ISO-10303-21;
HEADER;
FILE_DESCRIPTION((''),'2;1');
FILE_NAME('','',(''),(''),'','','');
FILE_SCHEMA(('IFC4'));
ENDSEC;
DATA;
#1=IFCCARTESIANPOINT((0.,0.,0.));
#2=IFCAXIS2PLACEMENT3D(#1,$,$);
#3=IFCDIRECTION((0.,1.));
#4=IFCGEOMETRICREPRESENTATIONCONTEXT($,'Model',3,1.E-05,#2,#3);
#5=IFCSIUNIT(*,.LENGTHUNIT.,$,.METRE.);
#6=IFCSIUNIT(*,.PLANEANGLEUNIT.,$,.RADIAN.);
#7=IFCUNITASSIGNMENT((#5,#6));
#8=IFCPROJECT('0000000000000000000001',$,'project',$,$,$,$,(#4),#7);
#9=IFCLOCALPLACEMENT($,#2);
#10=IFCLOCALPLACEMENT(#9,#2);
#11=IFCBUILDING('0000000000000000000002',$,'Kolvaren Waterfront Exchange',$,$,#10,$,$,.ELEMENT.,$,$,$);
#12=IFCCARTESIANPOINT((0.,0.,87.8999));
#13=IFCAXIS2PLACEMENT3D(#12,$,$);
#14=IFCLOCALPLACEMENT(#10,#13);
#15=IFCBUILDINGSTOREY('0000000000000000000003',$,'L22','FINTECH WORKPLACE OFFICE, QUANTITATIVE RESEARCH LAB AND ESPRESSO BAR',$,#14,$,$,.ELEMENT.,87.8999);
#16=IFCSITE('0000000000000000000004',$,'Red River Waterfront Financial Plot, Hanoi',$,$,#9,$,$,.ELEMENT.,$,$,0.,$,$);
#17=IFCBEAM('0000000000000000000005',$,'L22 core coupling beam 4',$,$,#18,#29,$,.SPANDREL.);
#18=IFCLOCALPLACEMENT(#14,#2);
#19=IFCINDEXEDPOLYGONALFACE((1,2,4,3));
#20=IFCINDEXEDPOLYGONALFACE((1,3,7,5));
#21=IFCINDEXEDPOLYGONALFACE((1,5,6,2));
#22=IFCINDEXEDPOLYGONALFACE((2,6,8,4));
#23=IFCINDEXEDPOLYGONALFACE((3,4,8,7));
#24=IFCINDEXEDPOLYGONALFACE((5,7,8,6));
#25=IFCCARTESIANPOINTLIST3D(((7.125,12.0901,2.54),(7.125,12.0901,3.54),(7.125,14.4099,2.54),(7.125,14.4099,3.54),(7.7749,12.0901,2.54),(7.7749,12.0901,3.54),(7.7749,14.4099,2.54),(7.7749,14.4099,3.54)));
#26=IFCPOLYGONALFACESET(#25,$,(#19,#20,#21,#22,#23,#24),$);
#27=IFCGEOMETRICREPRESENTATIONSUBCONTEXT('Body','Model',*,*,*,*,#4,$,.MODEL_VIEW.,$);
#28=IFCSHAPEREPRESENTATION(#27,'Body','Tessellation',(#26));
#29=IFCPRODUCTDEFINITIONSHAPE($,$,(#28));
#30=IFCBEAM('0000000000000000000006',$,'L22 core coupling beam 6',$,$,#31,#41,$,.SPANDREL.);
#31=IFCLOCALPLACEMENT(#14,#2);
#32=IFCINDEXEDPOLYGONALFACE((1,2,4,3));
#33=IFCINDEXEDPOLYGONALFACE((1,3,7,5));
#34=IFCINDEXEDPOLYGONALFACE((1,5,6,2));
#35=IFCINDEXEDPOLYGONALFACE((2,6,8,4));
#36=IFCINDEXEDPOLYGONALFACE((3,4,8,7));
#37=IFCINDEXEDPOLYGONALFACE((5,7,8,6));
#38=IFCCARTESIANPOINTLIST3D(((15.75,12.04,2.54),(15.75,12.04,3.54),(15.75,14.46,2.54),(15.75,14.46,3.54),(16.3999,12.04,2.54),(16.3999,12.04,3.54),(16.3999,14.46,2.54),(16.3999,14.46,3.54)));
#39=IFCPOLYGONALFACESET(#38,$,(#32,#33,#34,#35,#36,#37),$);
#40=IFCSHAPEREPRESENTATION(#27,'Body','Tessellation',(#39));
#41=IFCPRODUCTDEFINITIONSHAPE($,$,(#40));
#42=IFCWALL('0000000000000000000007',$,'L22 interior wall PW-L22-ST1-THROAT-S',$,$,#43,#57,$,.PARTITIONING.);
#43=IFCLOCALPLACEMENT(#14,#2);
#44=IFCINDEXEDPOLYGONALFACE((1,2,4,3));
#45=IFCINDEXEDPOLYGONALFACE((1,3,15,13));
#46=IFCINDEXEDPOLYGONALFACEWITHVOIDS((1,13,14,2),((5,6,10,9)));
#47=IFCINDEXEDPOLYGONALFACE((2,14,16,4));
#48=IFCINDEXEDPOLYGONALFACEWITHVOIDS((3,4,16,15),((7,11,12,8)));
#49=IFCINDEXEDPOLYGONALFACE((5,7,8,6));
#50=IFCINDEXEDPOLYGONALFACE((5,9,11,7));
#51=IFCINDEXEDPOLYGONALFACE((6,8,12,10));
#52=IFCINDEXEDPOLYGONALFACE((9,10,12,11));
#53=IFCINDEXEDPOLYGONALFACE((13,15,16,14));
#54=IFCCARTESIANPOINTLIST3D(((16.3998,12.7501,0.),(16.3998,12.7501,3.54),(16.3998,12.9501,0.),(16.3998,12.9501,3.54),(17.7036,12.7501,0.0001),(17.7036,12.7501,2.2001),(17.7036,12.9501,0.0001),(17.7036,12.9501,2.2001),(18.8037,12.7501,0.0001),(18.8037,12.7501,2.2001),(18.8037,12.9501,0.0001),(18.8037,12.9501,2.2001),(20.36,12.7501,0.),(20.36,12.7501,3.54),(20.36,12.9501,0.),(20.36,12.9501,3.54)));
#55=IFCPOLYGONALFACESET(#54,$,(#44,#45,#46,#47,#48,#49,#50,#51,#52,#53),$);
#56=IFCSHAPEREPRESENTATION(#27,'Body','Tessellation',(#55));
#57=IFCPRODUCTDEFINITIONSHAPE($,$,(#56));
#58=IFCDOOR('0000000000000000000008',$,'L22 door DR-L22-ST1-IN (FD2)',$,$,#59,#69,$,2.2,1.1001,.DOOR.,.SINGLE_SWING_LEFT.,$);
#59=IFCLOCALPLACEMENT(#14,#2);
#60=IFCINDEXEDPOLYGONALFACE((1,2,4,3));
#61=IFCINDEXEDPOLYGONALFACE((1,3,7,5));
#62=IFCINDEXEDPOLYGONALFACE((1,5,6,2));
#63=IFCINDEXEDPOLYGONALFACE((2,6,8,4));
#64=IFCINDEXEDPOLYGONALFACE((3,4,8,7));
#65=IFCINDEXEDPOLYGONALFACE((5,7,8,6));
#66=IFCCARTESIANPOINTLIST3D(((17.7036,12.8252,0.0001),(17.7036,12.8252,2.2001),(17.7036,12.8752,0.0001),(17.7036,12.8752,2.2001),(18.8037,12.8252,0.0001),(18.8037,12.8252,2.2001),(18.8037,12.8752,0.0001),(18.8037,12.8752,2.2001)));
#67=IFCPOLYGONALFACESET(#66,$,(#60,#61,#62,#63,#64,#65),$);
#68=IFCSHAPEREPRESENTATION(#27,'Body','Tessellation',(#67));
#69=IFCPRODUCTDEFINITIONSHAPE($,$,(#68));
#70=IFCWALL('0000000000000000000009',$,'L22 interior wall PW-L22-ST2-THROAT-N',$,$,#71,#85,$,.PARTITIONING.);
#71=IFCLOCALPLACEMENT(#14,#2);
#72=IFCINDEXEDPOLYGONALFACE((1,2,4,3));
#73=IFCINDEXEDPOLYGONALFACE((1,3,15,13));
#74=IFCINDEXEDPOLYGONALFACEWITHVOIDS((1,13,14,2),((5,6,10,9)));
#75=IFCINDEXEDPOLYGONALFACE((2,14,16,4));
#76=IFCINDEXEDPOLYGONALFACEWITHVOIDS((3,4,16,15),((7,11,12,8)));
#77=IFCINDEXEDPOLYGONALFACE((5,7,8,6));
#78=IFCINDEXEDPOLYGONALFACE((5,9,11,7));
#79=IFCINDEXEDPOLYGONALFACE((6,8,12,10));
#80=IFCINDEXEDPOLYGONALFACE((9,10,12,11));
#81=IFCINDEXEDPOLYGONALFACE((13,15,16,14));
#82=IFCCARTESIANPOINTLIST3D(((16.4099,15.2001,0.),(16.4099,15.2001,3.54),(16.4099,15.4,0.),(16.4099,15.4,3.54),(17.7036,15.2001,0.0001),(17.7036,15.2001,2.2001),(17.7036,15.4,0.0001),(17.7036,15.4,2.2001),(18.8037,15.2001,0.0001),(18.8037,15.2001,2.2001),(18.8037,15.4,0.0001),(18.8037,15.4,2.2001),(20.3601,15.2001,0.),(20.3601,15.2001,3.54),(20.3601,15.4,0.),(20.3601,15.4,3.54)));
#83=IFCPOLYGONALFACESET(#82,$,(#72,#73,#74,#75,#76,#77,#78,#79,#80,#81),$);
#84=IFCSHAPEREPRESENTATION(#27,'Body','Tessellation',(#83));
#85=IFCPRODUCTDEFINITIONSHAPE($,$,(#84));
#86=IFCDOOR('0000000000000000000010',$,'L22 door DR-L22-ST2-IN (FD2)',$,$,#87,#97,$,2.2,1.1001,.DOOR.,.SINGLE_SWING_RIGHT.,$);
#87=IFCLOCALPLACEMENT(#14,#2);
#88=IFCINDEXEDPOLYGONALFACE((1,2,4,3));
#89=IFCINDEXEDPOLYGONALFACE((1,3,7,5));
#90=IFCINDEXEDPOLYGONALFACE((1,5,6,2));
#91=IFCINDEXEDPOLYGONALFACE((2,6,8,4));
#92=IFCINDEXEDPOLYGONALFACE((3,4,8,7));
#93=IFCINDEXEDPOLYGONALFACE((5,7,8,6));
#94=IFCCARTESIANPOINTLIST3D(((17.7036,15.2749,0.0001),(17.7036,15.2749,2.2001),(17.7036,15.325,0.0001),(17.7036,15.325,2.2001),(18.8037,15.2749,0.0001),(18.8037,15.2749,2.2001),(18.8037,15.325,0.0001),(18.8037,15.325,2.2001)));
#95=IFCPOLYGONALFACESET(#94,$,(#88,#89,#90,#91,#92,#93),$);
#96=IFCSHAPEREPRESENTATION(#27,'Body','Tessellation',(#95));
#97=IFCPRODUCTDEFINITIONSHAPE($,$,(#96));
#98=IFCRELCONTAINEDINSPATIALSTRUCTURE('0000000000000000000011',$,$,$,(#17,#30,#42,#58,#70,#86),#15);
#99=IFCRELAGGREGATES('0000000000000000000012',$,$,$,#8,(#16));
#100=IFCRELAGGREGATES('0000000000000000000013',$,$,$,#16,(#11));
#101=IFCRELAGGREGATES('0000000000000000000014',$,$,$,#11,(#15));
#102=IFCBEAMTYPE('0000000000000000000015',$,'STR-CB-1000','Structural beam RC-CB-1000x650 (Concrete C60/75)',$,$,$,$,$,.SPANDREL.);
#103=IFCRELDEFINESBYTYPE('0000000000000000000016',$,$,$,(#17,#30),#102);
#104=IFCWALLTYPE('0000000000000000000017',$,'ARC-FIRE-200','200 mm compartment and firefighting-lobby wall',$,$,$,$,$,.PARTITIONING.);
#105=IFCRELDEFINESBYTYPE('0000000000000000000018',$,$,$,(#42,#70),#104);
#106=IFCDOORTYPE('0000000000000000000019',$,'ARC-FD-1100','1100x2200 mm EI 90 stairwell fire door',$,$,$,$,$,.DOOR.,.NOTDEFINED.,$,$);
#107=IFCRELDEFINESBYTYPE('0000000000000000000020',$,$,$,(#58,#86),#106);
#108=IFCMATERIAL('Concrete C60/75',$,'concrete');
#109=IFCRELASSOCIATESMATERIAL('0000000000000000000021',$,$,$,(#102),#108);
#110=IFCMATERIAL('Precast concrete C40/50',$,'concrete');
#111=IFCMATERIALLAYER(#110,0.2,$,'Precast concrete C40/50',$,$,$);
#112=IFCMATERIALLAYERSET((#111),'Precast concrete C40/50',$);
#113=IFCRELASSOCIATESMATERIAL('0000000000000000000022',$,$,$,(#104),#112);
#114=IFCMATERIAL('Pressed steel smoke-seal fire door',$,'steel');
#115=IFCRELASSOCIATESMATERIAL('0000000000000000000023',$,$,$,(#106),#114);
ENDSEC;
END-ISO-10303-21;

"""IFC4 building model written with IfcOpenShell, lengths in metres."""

from ifc_helpers import new_model, si_unit, direction, frame, frame_2d, origin, origin_2d, place, context, subcontext, project, spatial, rectangle, extrude, material, layer, layer_set, material_profile, profile_set, type_object, element, fill, save


model = new_model("IFC4")

# Units and contexts
model_context = context("Model", 3, precision=1e-05, world=origin(), true_north=direction((0.0, 1.0)))
body_context = subcontext(model_context, "Body", "Model", "MODEL_VIEW")
ifc_project = project(units=[si_unit("LENGTHUNIT", "METRE"), si_unit("PLANEANGLEUNIT", "RADIAN")], contexts=[model_context])

# Site, building, storey
site_placement = place(None, origin())
site = spatial("IfcSite", under=ifc_project, at=site_placement, Name="Red River Waterfront Financial Plot, Hanoi", CompositionType="ELEMENT", RefElevation=0.0)
building_placement = place(site_placement, origin())
building = spatial("IfcBuilding", under=site, at=building_placement, Name="Kolvaren Waterfront Exchange", CompositionType="ELEMENT")
storey_placement = place(building_placement, frame((0.0, 0.0, 87.8999)))
storey = spatial("IfcBuildingStorey", under=building, at=storey_placement, Name="L22", Description="FINTECH WORKPLACE OFFICE, QUANTITATIVE RESEARCH LAB AND ESPRESSO BAR", CompositionType="ELEMENT", Elevation=87.8999)

# Beams
ifc_material_1 = material(Name="Concrete C60/75", Category="concrete")
ifc_material_profile = material_profile(ifc_material_1, rectangle(XDim=0.6499, YDim=1.0, at=origin_2d()), Name="RC-CB-1000x650")
ifc_profile_set = profile_set([ifc_material_profile], Name="Concrete C60/75")
beam_type = type_object("IfcBeamType", Name="STR-CB-1000", Description="Structural beam RC-CB-1000x650 (Concrete C60/75)", PredefinedType="SPANDREL", material=ifc_profile_set)
beam_1_placement = place(storey_placement, frame((7.45, 12.0901, 3.04), z_axis=(0.0, 1.0, 0.0), x_axis=(-1.0, 0.0, 0.0)))
element("IfcBeam", 1, at=beam_1_placement, inside=storey, type_object=beam_type, Name="L22 core coupling beam 4", PredefinedType="SPANDREL", context=body_context, shape_type="SweptSolid", body=[
    extrude(rectangle(XDim=0.6499, YDim=1.0, at=origin_2d()), origin(), (0.0, 0.0, 1.0), 2.3198),
])
beam_2_placement = place(storey_placement, frame((16.075, 12.04, 3.04), z_axis=(0.0, 1.0, 0.0), x_axis=(-1.0, 0.0, 0.0)))
element("IfcBeam", 2, at=beam_2_placement, inside=storey, type_object=beam_type, Name="L22 core coupling beam 6", PredefinedType="SPANDREL", context=body_context, shape_type="SweptSolid", body=[
    extrude(rectangle(XDim=0.6499, YDim=1.0, at=origin_2d()), origin(), (0.0, 0.0, 1.0), 2.4199),
])

# Walls, openings, doors
ifc_material_2 = material(Name="Precast concrete C40/50", Category="concrete")
ifc_layer_1 = layer(ifc_material_2, 0.2, Name="Precast concrete C40/50")
ifc_layer_set_1 = layer_set([ifc_layer_1], Name="Precast concrete C40/50")
wall_type_1 = type_object("IfcWallType", Name="ARC-FIRE-200", Description="200 mm compartment and firefighting-lobby wall", PredefinedType="PARTITIONING", material=ifc_layer_set_1)
wall_1_placement = place(storey_placement, frame((16.3999, 12.8501, 0.0), z_axis=(0.0, 0.0, 1.0), x_axis=(1.0, 0.0, 0.0)))
wall_1 = element("IfcWall", 3, at=wall_1_placement, inside=storey, type_object=wall_type_1, Name="L22 interior wall PW-L22-ST1-THROAT-S", PredefinedType="PARTITIONING", context=body_context, shape_type="SweptSolid", body=[
    extrude(rectangle(XDim=3.9602, YDim=0.2, at=frame_2d((1.98, 0.0))), origin(), (0.0, 0.0, 1.0), 3.54),
])
opening_1_placement = place(wall_1_placement, frame((1.3037, 0.0, 0.0)))
opening_1 = element("IfcOpeningElement", 4, at=opening_1_placement, cuts=wall_1, PredefinedType="OPENING", context=body_context, shape_type="SweptSolid", body=[
    extrude(rectangle(XDim=1.1001, YDim=2.2, at=frame_2d((0.55, 1.1001))), frame((0.0, 0.1099, 0.0), z_axis=(0.0, -1.0, 0.0), x_axis=(1.0, 0.0, 0.0)), (0.0, 0.0, 1.0), 0.22),
])
ifc_material_3 = material(Name="Pressed steel smoke-seal fire door", Category="steel")
door_type_1 = type_object("IfcDoorType", Name="ARC-FD-1100", Description="1100x2200 mm EI 90 stairwell fire door", OperationType="NOTDEFINED", PredefinedType="DOOR", material=ifc_material_3)
door_1_placement = place(opening_1_placement, frame((1.1001, 0.0, 0.0), z_axis=(0.0, 0.0, 1.0), x_axis=(-1.0, 0.0, 0.0)))
door_1 = element("IfcDoor", 5, at=door_1_placement, inside=storey, type_object=door_type_1, Name="L22 door DR-L22-ST1-IN (FD2)", OperationType="SINGLE_SWING_LEFT", OverallHeight=2.2, OverallWidth=1.1001, PredefinedType="DOOR", context=body_context, shape_type="SweptSolid", body=[
    extrude(rectangle(XDim=1.1001, YDim=2.2, at=frame_2d((0.55, 1.1001))), frame((0.0, 0.0249, 0.0), z_axis=(0.0, -1.0, 0.0), x_axis=(1.0, 0.0, 0.0)), (0.0, 0.0, 1.0), 0.05),
])
fill(opening_1, door_1)
wall_2_placement = place(storey_placement, frame((16.4099, 15.3, 0.0), z_axis=(0.0, 0.0, 1.0), x_axis=(1.0, 0.0, 0.0)))
wall_2 = element("IfcWall", 6, at=wall_2_placement, inside=storey, type_object=wall_type_1, Name="L22 interior wall PW-L22-ST2-THROAT-N", PredefinedType="PARTITIONING", context=body_context, shape_type="SweptSolid", body=[
    extrude(rectangle(XDim=3.9502, YDim=0.2, at=frame_2d((1.9751, 0.0))), origin(), (0.0, 0.0, 1.0), 3.54),
])
opening_2_placement = place(wall_2_placement, frame((1.2937, 0.0, 0.0)))
opening_2 = element("IfcOpeningElement", 7, at=opening_2_placement, cuts=wall_2, PredefinedType="OPENING", context=body_context, shape_type="SweptSolid", body=[
    extrude(rectangle(XDim=1.1001, YDim=2.2, at=frame_2d((0.55, 1.1001))), frame((0.0, 0.1099, 0.0), z_axis=(0.0, -1.0, 0.0), x_axis=(1.0, 0.0, 0.0)), (0.0, 0.0, 1.0), 0.22),
])
door_2_placement = place(opening_2_placement, origin())
door_2 = element("IfcDoor", 8, at=door_2_placement, inside=storey, type_object=door_type_1, Name="L22 door DR-L22-ST2-IN (FD2)", OperationType="SINGLE_SWING_RIGHT", OverallHeight=2.2, OverallWidth=1.1001, PredefinedType="DOOR", context=body_context, shape_type="SweptSolid", body=[
    extrude(rectangle(XDim=1.1001, YDim=2.2, at=frame_2d((0.55, 1.1001))), frame((0.0, 0.0249, 0.0), z_axis=(0.0, -1.0, 0.0), x_axis=(1.0, 0.0, 0.0)), (0.0, 0.0, 1.0), 0.05),
])
fill(opening_2, door_2)

save(model, "model.ifc")
